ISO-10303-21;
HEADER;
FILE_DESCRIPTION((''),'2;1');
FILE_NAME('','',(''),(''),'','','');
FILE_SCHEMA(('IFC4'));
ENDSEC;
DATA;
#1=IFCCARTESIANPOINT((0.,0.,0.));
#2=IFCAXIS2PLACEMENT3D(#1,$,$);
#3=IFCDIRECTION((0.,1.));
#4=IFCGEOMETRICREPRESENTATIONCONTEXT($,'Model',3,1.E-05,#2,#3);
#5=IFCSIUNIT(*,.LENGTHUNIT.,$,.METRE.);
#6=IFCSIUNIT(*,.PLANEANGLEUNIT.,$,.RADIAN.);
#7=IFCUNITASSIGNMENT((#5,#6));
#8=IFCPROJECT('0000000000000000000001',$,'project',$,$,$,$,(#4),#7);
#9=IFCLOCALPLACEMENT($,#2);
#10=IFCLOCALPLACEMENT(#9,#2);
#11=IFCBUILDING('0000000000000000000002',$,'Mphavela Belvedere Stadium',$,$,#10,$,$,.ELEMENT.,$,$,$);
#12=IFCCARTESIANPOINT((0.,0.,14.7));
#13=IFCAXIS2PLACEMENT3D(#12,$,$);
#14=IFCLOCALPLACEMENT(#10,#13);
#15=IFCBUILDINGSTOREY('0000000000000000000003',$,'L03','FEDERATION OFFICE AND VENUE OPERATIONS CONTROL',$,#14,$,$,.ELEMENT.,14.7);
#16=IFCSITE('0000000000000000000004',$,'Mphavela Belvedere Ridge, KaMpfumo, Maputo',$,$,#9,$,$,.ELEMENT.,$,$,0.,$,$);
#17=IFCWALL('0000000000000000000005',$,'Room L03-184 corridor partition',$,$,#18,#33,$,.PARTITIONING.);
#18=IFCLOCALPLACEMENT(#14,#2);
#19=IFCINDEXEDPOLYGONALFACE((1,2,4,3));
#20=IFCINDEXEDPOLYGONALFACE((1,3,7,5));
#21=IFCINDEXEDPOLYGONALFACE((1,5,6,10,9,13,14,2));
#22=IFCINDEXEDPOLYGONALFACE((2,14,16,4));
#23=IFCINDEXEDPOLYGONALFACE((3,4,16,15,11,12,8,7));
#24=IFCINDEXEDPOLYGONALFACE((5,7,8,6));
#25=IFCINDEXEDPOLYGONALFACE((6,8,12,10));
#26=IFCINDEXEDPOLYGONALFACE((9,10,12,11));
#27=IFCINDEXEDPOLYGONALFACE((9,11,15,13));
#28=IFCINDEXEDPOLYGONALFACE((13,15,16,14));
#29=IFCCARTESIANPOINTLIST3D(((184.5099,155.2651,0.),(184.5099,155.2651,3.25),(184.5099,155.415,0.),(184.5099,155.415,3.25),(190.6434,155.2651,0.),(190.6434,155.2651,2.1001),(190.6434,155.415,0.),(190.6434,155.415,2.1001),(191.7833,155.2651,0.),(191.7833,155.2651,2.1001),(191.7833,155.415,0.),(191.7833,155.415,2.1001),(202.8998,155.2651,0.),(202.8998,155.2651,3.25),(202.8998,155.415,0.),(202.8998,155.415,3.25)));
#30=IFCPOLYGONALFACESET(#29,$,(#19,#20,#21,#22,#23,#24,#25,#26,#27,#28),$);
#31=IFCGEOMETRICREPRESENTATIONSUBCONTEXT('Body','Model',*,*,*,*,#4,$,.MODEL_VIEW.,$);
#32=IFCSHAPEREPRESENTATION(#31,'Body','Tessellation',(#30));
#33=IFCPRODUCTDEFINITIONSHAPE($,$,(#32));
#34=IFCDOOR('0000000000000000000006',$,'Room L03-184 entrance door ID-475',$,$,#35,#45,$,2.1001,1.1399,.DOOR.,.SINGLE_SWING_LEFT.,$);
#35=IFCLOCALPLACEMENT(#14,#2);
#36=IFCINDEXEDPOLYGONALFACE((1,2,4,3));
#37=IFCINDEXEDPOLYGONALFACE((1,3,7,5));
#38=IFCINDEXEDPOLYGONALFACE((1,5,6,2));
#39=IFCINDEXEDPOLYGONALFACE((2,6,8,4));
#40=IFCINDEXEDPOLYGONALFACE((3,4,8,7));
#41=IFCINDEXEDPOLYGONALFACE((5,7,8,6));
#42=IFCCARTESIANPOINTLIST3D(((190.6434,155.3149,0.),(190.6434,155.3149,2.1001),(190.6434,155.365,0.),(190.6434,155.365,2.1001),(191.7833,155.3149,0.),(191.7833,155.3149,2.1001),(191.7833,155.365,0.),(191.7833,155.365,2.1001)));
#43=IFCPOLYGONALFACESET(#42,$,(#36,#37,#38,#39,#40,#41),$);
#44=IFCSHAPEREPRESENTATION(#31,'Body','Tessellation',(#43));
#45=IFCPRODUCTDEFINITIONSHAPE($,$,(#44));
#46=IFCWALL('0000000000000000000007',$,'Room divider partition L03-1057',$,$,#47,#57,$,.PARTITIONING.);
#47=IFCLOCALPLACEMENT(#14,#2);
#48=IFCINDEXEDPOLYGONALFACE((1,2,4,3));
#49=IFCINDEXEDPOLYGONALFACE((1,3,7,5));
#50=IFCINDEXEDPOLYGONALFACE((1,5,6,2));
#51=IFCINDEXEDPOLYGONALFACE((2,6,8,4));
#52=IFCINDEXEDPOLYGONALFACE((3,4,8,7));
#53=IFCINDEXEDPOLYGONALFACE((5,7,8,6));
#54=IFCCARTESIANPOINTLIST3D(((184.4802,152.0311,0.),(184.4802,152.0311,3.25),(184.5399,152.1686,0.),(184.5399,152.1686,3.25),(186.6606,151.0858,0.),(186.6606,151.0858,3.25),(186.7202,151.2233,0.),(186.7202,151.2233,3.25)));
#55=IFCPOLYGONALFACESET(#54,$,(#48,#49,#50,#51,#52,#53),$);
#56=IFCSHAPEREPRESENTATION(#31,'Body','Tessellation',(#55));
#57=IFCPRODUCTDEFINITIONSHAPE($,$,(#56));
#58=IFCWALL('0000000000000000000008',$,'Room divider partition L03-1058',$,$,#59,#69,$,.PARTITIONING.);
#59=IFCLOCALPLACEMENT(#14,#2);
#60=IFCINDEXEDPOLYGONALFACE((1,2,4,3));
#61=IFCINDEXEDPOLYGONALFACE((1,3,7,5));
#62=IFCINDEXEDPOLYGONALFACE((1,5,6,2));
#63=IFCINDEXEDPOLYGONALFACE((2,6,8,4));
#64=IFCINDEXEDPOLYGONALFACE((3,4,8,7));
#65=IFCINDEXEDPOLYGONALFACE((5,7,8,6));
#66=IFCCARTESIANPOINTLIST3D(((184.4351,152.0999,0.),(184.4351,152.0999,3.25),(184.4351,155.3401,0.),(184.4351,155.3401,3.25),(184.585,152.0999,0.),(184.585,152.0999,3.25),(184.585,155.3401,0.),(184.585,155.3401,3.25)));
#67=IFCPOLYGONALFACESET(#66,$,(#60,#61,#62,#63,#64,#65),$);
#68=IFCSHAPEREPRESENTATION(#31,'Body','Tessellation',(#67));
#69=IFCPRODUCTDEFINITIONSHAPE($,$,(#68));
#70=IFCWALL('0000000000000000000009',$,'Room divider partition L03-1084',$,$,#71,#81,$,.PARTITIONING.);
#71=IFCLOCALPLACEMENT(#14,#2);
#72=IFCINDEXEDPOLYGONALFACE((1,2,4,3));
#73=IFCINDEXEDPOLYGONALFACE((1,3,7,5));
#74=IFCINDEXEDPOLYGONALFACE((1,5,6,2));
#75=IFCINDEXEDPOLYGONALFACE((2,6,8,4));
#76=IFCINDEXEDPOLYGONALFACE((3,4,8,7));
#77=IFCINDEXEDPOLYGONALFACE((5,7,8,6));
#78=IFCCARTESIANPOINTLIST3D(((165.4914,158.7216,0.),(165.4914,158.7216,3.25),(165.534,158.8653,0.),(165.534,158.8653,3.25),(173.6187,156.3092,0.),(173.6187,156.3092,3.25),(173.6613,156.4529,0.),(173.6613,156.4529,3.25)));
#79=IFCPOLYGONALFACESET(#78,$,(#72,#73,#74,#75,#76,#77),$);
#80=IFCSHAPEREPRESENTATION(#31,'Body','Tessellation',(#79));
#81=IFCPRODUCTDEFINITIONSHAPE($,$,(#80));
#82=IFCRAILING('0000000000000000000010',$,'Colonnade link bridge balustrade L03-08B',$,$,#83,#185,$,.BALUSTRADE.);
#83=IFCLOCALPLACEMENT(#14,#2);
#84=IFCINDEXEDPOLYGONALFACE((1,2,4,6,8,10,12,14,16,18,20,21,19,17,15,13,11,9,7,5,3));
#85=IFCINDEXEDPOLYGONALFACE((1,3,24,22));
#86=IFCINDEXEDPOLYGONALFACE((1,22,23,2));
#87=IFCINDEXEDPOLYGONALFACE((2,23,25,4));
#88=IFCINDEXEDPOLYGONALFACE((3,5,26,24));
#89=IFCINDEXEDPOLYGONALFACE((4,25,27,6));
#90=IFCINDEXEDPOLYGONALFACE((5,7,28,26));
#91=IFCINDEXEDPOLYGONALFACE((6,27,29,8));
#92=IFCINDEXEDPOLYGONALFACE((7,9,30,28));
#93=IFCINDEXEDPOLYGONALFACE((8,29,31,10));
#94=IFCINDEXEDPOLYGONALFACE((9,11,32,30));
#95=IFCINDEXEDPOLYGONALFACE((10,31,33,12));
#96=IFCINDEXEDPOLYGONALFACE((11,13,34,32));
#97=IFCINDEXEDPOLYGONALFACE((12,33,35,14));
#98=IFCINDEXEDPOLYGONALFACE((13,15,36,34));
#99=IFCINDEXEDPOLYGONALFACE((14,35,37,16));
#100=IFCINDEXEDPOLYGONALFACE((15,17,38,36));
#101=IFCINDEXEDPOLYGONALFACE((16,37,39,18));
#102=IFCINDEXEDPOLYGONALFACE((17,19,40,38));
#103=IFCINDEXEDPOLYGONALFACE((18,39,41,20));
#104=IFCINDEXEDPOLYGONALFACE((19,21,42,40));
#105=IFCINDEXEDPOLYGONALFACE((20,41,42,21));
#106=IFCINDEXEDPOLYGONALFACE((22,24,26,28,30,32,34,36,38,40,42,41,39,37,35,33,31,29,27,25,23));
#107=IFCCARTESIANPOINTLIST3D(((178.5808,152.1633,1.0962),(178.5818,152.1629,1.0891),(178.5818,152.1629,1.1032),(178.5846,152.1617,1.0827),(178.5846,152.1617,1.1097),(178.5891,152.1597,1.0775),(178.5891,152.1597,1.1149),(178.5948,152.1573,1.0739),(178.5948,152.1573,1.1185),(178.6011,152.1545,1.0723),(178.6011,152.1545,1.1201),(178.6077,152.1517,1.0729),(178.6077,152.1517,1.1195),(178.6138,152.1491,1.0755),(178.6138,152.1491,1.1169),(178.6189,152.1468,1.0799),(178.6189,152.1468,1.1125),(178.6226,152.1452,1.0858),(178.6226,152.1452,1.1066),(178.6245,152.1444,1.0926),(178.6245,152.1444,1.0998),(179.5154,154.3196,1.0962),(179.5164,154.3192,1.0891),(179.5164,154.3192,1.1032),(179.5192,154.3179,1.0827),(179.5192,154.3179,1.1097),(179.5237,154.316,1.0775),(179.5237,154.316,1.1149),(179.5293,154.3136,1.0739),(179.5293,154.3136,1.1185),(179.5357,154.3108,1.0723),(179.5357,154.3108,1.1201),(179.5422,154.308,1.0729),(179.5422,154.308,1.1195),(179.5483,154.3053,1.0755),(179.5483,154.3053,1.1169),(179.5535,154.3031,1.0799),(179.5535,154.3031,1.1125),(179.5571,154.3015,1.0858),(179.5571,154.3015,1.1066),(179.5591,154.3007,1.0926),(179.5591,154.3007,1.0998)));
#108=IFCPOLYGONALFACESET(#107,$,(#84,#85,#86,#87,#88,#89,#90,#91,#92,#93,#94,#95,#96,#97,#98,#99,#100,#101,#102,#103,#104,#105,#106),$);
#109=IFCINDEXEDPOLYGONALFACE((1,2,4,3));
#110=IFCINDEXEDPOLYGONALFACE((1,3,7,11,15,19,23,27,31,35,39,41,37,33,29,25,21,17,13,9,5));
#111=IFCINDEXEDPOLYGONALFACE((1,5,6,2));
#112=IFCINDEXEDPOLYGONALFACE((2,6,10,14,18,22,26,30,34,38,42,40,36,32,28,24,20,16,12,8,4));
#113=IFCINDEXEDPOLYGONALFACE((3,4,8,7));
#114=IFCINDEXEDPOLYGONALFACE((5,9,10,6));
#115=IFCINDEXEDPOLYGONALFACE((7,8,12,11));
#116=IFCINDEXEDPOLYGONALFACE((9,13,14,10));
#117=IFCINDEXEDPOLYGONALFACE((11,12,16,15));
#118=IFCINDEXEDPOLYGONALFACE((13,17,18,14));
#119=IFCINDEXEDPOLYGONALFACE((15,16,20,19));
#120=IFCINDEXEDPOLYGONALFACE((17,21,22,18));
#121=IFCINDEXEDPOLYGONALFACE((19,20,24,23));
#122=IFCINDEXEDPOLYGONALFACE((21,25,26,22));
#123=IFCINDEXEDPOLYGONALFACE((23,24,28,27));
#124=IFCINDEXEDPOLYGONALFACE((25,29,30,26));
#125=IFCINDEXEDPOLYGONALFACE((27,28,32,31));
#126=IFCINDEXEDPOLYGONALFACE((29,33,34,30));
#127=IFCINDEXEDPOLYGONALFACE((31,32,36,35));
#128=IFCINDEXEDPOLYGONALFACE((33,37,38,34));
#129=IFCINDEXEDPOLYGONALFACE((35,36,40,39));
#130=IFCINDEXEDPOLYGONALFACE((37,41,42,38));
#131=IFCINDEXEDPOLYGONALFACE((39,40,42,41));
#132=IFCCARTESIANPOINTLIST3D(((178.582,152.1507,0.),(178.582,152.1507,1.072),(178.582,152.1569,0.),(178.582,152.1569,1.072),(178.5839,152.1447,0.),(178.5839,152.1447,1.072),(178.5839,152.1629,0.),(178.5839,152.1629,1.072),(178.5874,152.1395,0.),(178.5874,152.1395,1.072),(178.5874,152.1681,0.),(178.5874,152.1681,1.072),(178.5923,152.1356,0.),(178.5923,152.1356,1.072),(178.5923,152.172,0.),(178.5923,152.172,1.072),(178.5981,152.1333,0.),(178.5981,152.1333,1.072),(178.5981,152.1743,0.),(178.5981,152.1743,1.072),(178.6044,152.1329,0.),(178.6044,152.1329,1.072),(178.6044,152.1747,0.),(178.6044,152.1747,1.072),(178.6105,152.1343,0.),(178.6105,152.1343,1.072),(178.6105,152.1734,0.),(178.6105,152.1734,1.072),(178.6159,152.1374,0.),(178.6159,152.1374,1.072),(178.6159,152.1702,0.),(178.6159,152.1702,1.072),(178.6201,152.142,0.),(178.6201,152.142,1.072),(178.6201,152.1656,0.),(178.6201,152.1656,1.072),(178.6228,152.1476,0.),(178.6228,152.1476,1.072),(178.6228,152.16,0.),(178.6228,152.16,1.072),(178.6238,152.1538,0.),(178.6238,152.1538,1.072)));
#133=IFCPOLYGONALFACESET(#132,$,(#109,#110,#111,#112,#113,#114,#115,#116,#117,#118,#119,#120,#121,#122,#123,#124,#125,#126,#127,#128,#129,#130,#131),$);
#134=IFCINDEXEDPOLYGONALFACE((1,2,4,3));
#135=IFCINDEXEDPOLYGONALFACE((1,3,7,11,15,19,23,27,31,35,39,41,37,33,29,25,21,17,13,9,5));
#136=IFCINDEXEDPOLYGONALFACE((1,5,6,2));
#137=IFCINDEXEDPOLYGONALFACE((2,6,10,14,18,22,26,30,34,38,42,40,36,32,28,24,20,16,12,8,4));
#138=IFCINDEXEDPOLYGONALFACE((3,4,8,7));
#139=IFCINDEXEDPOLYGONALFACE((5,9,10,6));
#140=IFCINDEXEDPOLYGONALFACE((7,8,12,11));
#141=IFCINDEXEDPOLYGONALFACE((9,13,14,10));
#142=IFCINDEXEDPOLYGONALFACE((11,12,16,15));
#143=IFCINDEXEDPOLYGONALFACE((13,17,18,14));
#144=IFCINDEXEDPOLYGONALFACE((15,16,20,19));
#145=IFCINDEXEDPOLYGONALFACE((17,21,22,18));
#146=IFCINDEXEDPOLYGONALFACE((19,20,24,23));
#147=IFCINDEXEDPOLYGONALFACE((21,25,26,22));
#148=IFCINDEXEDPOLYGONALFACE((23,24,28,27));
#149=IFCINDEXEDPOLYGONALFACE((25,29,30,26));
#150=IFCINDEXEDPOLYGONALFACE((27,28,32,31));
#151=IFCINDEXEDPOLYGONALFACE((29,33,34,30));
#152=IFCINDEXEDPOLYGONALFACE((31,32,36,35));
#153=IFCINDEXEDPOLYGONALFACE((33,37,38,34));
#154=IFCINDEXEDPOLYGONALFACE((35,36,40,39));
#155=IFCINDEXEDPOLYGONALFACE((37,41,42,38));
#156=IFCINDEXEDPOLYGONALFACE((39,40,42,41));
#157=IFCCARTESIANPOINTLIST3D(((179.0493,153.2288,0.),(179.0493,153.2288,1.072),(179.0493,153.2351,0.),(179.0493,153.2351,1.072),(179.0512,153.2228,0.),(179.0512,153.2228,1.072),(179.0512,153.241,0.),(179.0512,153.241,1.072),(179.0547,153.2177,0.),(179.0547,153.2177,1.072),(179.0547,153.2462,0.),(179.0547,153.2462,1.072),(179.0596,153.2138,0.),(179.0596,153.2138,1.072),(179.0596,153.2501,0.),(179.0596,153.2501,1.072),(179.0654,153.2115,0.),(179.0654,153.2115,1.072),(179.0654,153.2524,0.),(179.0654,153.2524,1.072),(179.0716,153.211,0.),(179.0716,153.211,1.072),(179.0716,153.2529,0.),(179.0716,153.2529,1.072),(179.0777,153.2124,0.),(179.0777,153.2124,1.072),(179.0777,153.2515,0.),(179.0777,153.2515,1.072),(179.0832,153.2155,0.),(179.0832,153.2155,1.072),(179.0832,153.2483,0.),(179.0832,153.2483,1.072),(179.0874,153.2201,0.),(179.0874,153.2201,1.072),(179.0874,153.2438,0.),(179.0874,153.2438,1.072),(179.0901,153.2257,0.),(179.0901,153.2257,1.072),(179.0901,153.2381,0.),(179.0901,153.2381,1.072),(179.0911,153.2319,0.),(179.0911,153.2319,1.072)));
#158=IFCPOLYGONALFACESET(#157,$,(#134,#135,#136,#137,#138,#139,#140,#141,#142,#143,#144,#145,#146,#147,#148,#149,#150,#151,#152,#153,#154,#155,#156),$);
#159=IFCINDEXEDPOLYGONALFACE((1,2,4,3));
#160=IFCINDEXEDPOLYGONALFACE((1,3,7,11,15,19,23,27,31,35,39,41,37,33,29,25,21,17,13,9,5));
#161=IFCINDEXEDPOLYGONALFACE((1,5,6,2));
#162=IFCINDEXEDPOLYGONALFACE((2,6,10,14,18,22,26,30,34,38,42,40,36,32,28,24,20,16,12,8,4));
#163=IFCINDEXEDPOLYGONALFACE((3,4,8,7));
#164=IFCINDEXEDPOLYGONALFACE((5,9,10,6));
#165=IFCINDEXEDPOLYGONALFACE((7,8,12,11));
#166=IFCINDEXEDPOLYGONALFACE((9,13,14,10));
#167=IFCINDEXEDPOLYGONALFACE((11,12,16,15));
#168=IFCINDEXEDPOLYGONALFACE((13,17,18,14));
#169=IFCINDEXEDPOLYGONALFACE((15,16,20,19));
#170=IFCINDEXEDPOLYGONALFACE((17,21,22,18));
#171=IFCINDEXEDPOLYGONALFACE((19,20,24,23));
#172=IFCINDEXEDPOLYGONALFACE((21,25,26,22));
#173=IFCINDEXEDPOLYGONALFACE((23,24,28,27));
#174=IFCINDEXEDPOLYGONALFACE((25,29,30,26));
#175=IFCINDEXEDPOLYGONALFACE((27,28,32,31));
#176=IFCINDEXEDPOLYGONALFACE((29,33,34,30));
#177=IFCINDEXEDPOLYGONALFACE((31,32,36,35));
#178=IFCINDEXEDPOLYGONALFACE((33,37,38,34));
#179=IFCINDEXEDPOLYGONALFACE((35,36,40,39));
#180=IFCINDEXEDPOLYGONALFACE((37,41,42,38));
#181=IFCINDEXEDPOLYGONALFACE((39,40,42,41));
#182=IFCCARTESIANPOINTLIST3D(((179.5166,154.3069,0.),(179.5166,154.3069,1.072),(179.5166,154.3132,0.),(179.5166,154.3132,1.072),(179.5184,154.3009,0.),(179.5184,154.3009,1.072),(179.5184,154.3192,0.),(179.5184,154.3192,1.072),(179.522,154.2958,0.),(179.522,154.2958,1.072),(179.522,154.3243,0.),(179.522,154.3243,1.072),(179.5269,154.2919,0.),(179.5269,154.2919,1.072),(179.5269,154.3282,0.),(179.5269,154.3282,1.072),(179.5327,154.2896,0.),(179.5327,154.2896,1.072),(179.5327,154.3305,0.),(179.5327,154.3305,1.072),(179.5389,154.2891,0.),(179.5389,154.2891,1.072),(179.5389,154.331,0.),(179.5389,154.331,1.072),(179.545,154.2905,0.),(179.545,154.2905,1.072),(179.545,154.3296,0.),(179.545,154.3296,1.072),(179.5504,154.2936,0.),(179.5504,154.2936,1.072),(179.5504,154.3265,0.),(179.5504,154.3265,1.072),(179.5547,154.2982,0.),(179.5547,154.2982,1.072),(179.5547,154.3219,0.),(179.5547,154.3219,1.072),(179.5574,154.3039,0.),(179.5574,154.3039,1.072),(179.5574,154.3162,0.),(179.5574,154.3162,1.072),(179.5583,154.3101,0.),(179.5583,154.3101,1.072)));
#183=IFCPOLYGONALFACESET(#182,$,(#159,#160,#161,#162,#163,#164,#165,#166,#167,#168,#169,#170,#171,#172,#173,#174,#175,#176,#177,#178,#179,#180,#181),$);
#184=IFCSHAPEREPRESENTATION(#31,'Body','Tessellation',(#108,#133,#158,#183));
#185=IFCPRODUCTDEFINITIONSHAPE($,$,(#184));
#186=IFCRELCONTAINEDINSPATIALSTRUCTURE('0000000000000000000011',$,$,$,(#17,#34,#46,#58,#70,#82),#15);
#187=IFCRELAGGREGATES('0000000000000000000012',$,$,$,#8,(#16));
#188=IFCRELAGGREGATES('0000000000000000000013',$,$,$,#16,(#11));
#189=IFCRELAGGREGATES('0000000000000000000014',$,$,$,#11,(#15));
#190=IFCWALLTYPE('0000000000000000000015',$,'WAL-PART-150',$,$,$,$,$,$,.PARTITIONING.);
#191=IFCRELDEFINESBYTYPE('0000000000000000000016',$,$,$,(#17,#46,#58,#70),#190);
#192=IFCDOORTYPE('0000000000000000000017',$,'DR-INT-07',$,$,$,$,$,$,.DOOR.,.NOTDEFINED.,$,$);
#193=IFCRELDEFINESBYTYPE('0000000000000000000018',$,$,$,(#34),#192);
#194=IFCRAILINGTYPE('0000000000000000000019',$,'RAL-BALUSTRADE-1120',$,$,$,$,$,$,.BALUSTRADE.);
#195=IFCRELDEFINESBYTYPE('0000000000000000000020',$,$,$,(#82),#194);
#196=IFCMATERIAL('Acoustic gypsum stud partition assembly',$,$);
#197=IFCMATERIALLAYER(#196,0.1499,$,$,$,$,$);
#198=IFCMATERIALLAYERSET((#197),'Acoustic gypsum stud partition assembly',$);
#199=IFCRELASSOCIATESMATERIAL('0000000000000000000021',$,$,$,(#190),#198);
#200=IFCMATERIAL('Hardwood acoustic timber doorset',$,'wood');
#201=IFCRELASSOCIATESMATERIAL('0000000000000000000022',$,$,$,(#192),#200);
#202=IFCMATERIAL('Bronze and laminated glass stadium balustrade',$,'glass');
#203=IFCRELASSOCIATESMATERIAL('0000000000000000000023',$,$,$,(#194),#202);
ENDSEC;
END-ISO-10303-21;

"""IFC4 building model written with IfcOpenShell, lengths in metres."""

from ifc_helpers import new_model, si_unit, direction, frame, frame_2d, origin, origin_2d, place, context, subcontext, project, spatial, rectangle, circle, extrude, material, layer, layer_set, type_object, element, fill, save


model = new_model("IFC4")

# Units and contexts
model_context = context("Model", 3, precision=1e-05, world=origin(), true_north=direction((0.0, 1.0)))
body_context = subcontext(model_context, "Body", "Model", "MODEL_VIEW")
ifc_project = project(units=[si_unit("LENGTHUNIT", "METRE"), si_unit("PLANEANGLEUNIT", "RADIAN")], contexts=[model_context])

# Site, building, storey
site_placement = place(None, origin())
site = spatial("IfcSite", under=ifc_project, at=site_placement, Name="Mphavela Belvedere Ridge, KaMpfumo, Maputo", CompositionType="ELEMENT", RefElevation=0.0)
building_placement = place(site_placement, origin())
building = spatial("IfcBuilding", under=site, at=building_placement, Name="Mphavela Belvedere Stadium", CompositionType="ELEMENT")
storey_placement = place(building_placement, frame((0.0, 0.0, 14.7)))
storey = spatial("IfcBuildingStorey", under=building, at=storey_placement, Name="L03", Description="FEDERATION OFFICE AND VENUE OPERATIONS CONTROL", CompositionType="ELEMENT", Elevation=14.7)

# Wall, opening, door
ifc_material_1 = material(Name="Acoustic gypsum stud partition assembly")
ifc_layer_1 = layer(ifc_material_1, 0.1499)
ifc_layer_set_1 = layer_set([ifc_layer_1], Name="Acoustic gypsum stud partition assembly")
wall_type_1 = type_object("IfcWallType", Name="WAL-PART-150", PredefinedType="PARTITIONING", material=ifc_layer_set_1)
wall_1_placement = place(storey_placement, frame((184.51, 155.3401, 0.0), z_axis=(0.0, 0.0, 1.0), x_axis=(1.0, 0.0, 0.0)))
wall_1 = element("IfcWall", 1, at=wall_1_placement, inside=storey, type_object=wall_type_1, Name="Room L03-184 corridor partition", PredefinedType="PARTITIONING", context=body_context, shape_type="SweptSolid", body=[
    extrude(rectangle(XDim=18.3899, YDim=0.1499, at=frame_2d((9.1948, 0.0))), origin(), (0.0, 0.0, 1.0), 3.25),
])
opening_1_placement = place(wall_1_placement, frame((6.1335, 0.0, 0.0)))
opening_1 = element("IfcOpeningElement", 2, at=opening_1_placement, cuts=wall_1, PredefinedType="OPENING", context=body_context, shape_type="SweptSolid", body=[
    extrude(rectangle(XDim=1.1399, YDim=2.1001, at=frame_2d((0.5698, 1.05))), frame((0.0, 0.085, 0.0), z_axis=(0.0, -1.0, 0.0), x_axis=(1.0, 0.0, 0.0)), (0.0, 0.0, 1.0), 0.1699),
])
ifc_material_2 = material(Name="Hardwood acoustic timber doorset", Category="wood")
door_type_1 = type_object("IfcDoorType", Name="DR-INT-07", OperationType="NOTDEFINED", PredefinedType="DOOR", material=ifc_material_2)
door_1_placement = place(opening_1_placement, origin())
door_1 = element("IfcDoor", 3, at=door_1_placement, inside=storey, type_object=door_type_1, Name="Room L03-184 entrance door ID-475", OperationType="SINGLE_SWING_LEFT", OverallHeight=2.1001, OverallWidth=1.1399, PredefinedType="DOOR", context=body_context, shape_type="SweptSolid", body=[
    extrude(rectangle(XDim=1.1399, YDim=2.1001, at=frame_2d((0.5698, 1.05))), frame((0.0, 0.0249, 0.0), z_axis=(0.0, -1.0, 0.0), x_axis=(1.0, 0.0, 0.0)), (0.0, 0.0, 1.0), 0.05),
])
fill(opening_1, door_1)

# Walls
wall_2_placement = place(storey_placement, frame((186.6904, 151.1545, 0.0), z_axis=(0.0, 0.0, 1.0), x_axis=(-0.917484, 0.397772, 0.0)))
element("IfcWall", 4, at=wall_2_placement, inside=storey, type_object=wall_type_1, Name="Room divider partition L03-1057", PredefinedType="PARTITIONING", context=body_context, shape_type="SweptSolid", body=[
    extrude(rectangle(XDim=2.3765, YDim=0.1499, at=frame_2d((1.1882, 0.0))), origin(), (0.0, 0.0, 1.0), 3.25),
])
wall_3_placement = place(storey_placement, frame((184.51, 152.0999, 0.0), z_axis=(0.0, 0.0, 1.0), x_axis=(0.0, 1.0, 0.0)))
element("IfcWall", 5, at=wall_3_placement, inside=storey, type_object=wall_type_1, Name="Room divider partition L03-1058", PredefinedType="PARTITIONING", context=body_context, shape_type="SweptSolid", body=[
    extrude(rectangle(XDim=3.2402, YDim=0.1499, at=frame_2d((1.6201, 0.0))), origin(), (0.0, 0.0, 1.0), 3.25),
])
wall_4_placement = place(storey_placement, frame((173.6399, 156.3811, 0.0), z_axis=(0.0, 0.0, 1.0), x_axis=(-0.95866, 0.284554, 0.0)))
element("IfcWall", 6, at=wall_4_placement, inside=storey, type_object=wall_type_1, Name="Room divider partition L03-1084", PredefinedType="PARTITIONING", context=body_context, shape_type="SweptSolid", body=[
    extrude(rectangle(XDim=8.4778, YDim=0.1499, at=frame_2d((4.2388, 0.0))), origin(), (0.0, 0.0, 1.0), 3.25),
])

# Railing
ifc_material_3 = material(Name="Bronze and laminated glass stadium balustrade", Category="glass")
railing_type = type_object("IfcRailingType", Name="RAL-BALUSTRADE-1120", PredefinedType="BALUSTRADE", material=ifc_material_3)
railing_1_placement = place(storey_placement, frame((178.6028, 152.1538, 0.0)))
element("IfcRailing", 7, at=railing_1_placement, inside=storey, type_object=railing_type, Name="Colonnade link bridge balustrade L03-08B", PredefinedType="BALUSTRADE", context=body_context, shape_type="SweptSolid", body=[
    extrude(circle(Radius=0.0239, at=origin_2d()), frame((0.0, 0.0, 1.0962), z_axis=(0.397677, 0.917525, 0.0), x_axis=(-0.917525, 0.397677, 0.0)), (0.0, 0.0, 1.0), 2.3501),
    extrude(circle(Radius=0.021, at=origin_2d()), origin(), (0.0, 0.0, 1.0), 1.072),
    extrude(circle(Radius=0.021, at=origin_2d()), frame((0.4673, 1.0781, 0.0)), (0.0, 0.0, 1.0), 1.072),
    extrude(circle(Radius=0.021, at=origin_2d()), frame((0.9346, 2.1562, 0.0)), (0.0, 0.0, 1.0), 1.072),
])

save(model, "model.ifc")
